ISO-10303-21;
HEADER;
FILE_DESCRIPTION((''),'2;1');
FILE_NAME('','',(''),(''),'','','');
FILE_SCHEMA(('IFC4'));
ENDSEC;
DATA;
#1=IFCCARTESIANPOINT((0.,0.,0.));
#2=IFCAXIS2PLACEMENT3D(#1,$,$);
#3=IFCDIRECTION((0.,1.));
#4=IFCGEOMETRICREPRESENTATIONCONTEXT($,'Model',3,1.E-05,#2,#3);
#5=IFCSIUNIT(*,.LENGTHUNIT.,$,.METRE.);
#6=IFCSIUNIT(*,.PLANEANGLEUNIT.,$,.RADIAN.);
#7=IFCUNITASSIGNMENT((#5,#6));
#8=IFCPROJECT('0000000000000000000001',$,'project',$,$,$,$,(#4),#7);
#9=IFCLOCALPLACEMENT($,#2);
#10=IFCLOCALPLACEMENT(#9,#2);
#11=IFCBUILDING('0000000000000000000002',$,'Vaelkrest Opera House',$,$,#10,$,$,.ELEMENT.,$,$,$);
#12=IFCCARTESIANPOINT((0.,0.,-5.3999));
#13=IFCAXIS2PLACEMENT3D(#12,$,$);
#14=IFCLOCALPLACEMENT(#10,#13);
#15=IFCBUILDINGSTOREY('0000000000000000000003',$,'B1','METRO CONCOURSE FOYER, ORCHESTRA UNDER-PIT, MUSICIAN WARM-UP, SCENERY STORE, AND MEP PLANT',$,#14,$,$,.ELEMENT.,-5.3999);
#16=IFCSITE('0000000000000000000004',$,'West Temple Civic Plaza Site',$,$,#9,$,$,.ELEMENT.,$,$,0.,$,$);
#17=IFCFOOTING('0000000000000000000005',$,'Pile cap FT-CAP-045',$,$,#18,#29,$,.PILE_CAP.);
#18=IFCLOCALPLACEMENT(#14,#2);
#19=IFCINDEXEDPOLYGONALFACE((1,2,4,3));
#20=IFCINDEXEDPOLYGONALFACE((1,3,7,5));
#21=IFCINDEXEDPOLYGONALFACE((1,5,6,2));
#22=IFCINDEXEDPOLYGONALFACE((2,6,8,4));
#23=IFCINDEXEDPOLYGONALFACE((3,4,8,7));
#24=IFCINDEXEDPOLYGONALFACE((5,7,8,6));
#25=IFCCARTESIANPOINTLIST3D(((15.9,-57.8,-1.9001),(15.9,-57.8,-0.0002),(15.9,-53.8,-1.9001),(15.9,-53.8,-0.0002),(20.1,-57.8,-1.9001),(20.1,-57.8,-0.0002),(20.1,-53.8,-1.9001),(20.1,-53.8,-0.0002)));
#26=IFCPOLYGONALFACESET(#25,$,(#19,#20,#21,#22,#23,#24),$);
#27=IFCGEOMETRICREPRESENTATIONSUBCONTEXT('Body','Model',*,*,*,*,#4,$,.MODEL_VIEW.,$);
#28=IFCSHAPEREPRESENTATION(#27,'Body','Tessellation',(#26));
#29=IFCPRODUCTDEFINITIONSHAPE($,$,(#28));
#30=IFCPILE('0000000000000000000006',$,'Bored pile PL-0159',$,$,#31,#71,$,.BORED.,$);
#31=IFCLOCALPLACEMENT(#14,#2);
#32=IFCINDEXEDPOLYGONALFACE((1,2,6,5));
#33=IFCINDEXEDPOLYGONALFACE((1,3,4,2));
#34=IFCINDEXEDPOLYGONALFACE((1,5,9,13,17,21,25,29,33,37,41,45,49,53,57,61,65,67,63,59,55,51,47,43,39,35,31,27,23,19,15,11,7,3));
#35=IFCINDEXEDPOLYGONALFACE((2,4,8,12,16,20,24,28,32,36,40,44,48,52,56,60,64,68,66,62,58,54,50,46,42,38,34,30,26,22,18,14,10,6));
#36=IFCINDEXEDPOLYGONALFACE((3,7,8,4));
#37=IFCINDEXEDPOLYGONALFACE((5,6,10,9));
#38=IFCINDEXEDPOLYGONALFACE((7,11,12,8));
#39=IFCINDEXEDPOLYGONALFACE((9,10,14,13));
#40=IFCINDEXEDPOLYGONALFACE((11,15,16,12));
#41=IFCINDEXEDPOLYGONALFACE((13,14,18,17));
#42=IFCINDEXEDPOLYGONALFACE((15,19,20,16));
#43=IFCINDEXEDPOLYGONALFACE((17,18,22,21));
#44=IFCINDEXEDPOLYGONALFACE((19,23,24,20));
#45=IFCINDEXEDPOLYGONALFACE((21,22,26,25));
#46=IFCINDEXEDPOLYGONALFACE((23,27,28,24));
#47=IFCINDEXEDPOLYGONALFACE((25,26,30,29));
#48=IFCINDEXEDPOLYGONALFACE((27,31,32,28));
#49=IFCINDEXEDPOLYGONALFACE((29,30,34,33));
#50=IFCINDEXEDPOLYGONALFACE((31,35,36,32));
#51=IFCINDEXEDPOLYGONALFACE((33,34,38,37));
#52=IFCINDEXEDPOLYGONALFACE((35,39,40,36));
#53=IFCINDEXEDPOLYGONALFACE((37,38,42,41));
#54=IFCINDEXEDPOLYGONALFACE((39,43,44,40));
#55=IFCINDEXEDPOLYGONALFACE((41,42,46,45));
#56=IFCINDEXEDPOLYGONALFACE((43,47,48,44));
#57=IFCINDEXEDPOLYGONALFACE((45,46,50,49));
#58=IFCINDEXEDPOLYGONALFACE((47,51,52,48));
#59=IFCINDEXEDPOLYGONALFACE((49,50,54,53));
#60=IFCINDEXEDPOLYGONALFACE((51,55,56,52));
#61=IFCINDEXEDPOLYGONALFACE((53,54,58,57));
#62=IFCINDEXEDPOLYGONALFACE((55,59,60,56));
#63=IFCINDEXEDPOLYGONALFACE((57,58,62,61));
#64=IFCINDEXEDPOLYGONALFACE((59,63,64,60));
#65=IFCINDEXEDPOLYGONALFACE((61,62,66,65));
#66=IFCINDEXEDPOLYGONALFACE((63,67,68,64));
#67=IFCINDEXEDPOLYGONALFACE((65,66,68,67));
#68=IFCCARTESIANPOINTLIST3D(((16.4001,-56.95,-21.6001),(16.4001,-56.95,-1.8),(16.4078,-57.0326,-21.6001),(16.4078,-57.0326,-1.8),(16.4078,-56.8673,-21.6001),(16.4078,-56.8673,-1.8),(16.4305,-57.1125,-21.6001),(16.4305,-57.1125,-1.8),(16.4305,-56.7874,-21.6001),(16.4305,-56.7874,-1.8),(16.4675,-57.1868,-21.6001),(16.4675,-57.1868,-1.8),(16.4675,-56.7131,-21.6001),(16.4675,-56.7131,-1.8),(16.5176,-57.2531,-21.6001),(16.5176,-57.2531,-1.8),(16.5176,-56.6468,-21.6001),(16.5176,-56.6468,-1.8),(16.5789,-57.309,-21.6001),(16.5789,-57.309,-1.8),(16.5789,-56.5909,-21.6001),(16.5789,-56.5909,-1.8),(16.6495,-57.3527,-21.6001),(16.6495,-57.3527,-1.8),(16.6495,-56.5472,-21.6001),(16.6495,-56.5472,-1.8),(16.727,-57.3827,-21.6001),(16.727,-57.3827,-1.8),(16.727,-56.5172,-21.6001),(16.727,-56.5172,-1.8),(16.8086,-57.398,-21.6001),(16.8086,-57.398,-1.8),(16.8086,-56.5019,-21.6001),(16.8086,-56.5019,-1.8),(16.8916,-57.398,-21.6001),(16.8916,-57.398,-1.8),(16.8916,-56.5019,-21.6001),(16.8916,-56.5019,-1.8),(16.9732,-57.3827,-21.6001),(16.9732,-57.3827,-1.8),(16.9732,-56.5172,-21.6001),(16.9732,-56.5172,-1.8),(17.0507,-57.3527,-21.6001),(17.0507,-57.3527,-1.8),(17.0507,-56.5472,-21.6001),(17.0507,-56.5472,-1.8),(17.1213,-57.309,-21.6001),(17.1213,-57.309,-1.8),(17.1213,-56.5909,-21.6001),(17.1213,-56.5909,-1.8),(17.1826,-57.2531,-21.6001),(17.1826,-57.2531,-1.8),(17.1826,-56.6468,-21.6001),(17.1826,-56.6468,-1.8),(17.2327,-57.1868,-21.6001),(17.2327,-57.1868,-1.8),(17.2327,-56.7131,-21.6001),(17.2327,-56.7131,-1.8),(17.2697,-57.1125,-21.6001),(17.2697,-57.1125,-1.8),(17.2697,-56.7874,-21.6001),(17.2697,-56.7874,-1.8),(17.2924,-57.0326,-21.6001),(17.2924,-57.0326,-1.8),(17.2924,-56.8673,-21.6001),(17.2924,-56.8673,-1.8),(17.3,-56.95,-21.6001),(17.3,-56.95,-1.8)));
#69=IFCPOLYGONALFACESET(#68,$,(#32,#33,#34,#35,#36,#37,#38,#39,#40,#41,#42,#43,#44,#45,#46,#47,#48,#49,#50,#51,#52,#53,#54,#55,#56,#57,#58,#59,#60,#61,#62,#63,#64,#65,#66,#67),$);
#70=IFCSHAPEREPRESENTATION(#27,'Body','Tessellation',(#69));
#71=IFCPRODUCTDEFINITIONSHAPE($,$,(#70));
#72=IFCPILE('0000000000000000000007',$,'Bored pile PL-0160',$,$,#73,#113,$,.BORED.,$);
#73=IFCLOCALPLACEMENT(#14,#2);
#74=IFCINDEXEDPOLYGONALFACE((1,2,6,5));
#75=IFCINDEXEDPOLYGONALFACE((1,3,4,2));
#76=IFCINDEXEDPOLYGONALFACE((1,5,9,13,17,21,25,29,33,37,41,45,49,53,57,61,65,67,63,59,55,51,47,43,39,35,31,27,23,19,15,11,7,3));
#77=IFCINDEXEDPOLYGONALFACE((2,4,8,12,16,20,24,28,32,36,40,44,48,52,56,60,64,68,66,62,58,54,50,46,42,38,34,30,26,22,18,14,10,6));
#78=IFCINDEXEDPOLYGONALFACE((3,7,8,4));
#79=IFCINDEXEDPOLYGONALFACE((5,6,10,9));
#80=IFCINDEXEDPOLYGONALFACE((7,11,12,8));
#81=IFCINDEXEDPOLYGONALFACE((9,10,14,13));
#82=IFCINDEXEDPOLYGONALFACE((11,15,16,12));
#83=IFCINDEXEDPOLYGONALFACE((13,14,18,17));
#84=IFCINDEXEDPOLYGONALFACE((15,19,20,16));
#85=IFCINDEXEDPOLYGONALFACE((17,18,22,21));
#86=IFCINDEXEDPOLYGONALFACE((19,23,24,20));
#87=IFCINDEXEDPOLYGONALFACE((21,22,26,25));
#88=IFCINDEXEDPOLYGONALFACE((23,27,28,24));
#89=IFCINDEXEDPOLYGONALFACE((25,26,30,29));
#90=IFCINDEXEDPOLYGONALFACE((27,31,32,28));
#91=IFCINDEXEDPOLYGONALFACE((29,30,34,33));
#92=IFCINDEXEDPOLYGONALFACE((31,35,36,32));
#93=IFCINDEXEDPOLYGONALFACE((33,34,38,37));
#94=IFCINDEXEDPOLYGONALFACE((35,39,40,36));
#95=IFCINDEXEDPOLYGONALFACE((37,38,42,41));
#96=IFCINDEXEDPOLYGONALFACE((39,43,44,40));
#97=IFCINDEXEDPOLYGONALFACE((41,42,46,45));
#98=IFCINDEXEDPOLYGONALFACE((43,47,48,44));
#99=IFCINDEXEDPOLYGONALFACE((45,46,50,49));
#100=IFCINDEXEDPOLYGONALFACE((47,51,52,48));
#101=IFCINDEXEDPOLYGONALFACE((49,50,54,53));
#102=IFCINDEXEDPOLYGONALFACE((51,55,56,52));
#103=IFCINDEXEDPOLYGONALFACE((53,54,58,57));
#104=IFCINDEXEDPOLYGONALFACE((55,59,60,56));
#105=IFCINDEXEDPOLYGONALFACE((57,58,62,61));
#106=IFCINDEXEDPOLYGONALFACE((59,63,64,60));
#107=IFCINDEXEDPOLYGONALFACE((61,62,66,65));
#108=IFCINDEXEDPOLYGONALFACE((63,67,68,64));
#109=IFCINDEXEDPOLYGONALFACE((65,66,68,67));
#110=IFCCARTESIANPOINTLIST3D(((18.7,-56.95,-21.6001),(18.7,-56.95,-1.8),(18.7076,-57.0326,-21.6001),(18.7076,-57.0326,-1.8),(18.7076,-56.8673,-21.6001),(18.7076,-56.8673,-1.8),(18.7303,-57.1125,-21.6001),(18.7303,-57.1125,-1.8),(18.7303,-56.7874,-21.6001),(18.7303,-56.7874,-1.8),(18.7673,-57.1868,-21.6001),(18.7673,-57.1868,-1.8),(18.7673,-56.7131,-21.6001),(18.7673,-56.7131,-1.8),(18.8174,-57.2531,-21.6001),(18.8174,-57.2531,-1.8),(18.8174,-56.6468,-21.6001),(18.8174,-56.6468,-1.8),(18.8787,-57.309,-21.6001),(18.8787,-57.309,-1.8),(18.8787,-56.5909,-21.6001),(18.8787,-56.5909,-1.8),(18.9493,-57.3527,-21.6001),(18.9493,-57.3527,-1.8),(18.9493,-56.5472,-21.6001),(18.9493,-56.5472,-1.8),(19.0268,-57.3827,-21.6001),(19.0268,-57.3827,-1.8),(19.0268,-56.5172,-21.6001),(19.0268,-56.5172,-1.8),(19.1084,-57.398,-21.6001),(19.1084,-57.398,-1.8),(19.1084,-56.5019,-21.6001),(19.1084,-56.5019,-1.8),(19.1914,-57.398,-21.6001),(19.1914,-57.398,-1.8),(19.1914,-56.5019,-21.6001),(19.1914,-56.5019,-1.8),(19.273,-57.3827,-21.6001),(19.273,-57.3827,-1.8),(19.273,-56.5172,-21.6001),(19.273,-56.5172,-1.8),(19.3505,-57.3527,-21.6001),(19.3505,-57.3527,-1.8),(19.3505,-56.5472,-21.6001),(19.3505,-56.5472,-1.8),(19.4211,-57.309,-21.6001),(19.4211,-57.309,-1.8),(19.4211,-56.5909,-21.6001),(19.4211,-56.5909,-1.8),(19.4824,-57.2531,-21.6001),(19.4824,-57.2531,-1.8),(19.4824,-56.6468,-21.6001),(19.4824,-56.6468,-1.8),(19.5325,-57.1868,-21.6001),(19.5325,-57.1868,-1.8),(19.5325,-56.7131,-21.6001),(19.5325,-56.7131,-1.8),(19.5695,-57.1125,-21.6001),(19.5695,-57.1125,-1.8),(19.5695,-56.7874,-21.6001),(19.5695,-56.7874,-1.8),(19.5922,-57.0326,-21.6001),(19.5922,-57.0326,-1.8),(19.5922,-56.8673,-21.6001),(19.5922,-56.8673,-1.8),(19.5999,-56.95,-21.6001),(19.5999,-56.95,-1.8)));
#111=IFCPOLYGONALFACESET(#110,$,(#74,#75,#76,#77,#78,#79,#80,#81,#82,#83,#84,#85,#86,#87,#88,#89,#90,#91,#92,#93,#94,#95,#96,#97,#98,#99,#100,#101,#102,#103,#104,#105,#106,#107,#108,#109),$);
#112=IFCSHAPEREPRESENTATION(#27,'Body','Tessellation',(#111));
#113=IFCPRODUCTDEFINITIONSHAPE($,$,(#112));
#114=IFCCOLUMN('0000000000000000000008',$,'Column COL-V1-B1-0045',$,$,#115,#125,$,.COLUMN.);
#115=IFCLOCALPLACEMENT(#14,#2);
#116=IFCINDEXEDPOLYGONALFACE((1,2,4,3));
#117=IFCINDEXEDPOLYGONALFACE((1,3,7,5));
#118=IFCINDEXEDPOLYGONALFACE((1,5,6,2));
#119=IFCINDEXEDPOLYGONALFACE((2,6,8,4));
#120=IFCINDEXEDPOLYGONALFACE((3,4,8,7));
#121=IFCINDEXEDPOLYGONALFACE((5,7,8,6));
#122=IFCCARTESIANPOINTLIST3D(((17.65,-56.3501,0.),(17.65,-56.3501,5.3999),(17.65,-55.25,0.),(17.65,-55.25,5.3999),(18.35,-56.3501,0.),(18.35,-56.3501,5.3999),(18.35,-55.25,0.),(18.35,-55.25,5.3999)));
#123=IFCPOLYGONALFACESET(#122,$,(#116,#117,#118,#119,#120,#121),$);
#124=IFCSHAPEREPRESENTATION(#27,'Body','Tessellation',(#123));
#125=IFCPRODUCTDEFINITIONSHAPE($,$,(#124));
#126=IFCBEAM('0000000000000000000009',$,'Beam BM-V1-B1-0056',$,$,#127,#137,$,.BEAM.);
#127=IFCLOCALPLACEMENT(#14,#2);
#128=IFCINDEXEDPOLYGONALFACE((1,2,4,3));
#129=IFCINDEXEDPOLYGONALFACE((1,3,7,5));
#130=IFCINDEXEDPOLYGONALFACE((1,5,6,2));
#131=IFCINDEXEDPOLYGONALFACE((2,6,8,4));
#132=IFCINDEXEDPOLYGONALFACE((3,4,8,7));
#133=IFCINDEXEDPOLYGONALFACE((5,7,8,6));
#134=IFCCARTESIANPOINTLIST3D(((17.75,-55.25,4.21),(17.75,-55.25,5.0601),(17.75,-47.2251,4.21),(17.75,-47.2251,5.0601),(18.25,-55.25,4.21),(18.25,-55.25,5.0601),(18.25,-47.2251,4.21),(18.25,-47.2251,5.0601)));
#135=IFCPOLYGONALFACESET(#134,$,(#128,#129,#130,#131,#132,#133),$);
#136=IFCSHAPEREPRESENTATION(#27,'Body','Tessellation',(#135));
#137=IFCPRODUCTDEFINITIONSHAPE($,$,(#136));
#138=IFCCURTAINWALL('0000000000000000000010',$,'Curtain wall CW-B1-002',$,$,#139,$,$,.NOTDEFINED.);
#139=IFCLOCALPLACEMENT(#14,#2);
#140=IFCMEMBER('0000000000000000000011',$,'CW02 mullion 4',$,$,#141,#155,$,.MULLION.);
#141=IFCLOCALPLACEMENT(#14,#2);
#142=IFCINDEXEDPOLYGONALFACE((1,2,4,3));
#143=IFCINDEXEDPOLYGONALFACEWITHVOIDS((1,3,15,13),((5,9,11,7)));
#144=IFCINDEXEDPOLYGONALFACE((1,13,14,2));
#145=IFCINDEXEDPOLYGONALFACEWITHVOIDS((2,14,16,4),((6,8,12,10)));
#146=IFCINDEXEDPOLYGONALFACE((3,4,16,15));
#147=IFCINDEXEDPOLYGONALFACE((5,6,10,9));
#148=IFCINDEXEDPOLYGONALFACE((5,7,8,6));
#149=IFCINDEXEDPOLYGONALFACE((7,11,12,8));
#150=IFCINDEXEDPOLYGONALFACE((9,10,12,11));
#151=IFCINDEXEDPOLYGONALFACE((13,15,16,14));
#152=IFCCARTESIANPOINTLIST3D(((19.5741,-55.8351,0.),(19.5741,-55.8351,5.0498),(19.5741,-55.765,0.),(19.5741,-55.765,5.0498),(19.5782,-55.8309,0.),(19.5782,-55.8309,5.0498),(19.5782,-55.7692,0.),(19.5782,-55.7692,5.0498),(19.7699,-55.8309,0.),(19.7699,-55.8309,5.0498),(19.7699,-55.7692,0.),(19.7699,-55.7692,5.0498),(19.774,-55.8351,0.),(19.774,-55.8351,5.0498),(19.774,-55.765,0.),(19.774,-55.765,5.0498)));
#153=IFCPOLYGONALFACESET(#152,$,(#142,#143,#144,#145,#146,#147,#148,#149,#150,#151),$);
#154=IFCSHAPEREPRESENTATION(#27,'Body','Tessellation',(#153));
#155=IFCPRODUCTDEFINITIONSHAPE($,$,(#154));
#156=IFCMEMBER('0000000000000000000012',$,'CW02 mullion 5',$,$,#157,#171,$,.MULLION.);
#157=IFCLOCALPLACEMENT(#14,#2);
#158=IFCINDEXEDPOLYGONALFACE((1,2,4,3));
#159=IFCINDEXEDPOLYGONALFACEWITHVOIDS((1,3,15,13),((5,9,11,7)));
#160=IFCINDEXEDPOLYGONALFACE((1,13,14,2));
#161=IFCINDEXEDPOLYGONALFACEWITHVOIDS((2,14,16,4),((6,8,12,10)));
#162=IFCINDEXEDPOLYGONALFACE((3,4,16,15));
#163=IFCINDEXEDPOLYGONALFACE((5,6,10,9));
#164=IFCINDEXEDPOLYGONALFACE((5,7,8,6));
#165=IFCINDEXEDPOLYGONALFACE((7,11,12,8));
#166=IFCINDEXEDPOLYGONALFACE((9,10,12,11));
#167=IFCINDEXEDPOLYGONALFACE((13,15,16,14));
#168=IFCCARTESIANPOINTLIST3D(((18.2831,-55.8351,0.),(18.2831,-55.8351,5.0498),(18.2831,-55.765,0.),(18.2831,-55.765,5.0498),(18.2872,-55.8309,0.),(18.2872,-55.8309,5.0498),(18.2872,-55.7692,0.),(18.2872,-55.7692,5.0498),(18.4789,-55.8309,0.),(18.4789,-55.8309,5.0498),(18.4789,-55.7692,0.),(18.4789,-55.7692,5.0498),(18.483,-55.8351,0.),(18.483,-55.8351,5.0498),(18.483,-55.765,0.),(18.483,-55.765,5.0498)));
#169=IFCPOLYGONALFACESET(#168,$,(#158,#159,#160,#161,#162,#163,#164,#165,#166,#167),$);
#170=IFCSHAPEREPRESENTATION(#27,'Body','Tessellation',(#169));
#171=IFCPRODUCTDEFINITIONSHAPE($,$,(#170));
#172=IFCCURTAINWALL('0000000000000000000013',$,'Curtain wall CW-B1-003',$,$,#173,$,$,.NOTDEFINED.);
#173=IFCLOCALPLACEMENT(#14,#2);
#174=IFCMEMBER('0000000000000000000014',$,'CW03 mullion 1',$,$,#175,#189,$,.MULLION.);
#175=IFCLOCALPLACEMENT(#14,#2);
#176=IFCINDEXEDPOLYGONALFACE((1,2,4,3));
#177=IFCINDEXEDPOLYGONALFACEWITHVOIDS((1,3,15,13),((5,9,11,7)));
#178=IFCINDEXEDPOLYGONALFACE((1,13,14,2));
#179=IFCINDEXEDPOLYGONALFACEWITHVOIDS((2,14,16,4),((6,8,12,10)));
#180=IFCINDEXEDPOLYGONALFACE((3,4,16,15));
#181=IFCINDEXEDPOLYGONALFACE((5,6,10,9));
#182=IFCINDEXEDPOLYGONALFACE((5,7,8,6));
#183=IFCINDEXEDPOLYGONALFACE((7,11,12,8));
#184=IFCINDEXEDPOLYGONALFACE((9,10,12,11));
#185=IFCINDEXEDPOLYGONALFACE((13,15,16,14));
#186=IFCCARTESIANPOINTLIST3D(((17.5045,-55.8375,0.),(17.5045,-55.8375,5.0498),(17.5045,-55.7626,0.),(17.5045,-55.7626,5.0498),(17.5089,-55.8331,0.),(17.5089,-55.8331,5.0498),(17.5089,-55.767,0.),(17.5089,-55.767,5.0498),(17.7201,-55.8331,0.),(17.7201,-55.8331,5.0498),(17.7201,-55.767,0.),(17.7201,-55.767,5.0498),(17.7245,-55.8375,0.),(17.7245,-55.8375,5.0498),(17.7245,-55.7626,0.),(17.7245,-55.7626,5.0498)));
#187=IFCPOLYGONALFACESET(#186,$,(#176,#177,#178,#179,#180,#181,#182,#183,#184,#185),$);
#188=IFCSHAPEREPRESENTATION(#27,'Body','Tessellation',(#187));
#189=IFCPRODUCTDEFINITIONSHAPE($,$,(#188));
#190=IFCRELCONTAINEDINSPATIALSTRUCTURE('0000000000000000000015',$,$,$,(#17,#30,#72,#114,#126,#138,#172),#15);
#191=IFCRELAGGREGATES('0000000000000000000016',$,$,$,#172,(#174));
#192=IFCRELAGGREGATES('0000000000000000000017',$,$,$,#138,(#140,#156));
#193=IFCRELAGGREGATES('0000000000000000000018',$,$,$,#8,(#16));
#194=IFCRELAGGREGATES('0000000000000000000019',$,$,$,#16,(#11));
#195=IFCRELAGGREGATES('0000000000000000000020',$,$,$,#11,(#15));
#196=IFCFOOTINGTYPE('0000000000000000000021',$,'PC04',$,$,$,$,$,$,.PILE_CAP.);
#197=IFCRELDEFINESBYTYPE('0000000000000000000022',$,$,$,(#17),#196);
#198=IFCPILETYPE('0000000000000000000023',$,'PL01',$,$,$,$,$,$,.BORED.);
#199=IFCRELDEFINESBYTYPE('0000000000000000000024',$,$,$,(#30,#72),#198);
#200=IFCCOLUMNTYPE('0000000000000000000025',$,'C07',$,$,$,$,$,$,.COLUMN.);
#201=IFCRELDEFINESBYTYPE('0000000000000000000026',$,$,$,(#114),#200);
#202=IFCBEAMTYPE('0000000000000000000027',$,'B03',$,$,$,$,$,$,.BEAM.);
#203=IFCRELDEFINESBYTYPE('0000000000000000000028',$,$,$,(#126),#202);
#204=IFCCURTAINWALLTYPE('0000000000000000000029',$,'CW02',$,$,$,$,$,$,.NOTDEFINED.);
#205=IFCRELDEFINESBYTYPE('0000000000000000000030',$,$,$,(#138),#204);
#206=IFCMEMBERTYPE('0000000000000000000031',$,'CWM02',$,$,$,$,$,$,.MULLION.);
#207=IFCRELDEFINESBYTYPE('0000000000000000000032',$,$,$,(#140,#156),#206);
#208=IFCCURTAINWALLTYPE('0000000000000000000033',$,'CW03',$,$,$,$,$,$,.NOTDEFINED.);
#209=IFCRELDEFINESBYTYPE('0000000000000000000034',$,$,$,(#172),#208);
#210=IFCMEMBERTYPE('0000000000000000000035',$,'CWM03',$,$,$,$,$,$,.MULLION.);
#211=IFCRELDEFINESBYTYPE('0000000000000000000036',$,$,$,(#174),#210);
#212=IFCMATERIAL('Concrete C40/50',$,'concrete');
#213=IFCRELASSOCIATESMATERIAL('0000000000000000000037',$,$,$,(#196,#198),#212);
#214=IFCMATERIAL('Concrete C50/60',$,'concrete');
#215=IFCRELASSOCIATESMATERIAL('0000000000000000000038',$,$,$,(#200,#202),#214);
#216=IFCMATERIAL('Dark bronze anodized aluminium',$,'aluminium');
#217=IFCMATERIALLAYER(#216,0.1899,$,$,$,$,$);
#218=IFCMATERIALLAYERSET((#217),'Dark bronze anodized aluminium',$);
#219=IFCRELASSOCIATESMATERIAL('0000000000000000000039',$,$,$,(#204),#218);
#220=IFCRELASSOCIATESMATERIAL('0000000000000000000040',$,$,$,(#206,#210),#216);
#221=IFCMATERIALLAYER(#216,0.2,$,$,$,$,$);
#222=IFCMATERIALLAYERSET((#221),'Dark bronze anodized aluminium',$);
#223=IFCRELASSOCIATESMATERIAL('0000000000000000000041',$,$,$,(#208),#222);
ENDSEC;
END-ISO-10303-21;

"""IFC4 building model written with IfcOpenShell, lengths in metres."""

from ifc_helpers import new_model, si_unit, direction, frame, origin, origin_2d, place, context, subcontext, project, spatial, rectangle, hollow_rectangle, circle, extrude, material, layer, layer_set, material_profile, profile_set, type_object, element, aggregate, save


model = new_model("IFC4")

# Units and contexts
model_context = context("Model", 3, precision=1e-05, world=origin(), true_north=direction((0.0, 1.0)))
body_context = subcontext(model_context, "Body", "Model", "MODEL_VIEW")
ifc_project = project(units=[si_unit("LENGTHUNIT", "METRE"), si_unit("PLANEANGLEUNIT", "RADIAN")], contexts=[model_context])

# Site, building, storey
site_placement = place(None, origin())
site = spatial("IfcSite", under=ifc_project, at=site_placement, Name="West Temple Civic Plaza Site", CompositionType="ELEMENT", RefElevation=0.0)
building_placement = place(site_placement, origin())
building = spatial("IfcBuilding", under=site, at=building_placement, Name="Vaelkrest Opera House", CompositionType="ELEMENT")
storey_placement = place(building_placement, frame((0.0, 0.0, -5.3999)))
storey = spatial("IfcBuildingStorey", under=building, at=storey_placement, Name="B1", Description="METRO CONCOURSE FOYER, ORCHESTRA UNDER-PIT, MUSICIAN WARM-UP, SCENERY STORE, AND MEP PLANT", CompositionType="ELEMENT", Elevation=-5.3999)

# Footing
ifc_material_1 = material(Name="Concrete C40/50", Category="concrete")
footing_type = type_object("IfcFootingType", Name="PC04", PredefinedType="PILE_CAP", material=ifc_material_1)
footing_placement = place(storey_placement, frame((18.0, -55.8, -1.9001), z_axis=(0.0, 0.0, 1.0), x_axis=(1.0, 0.0, 0.0)))
element("IfcFooting", 1, at=footing_placement, inside=storey, type_object=footing_type, Name="Pile cap FT-CAP-045", PredefinedType="PILE_CAP", context=body_context, shape_type="SweptSolid", body=[
    extrude(rectangle(XDim=4.2, YDim=4.0, at=origin_2d()), origin(), (0.0, 0.0, 1.0), 1.8999),
])

# Piles
ifc_material_profile_1 = material_profile(ifc_material_1, circle(Radius=0.45, at=origin_2d()), Name="PILE900")
ifc_profile_set_1 = profile_set([ifc_material_profile_1], Name="Concrete C40/50")
pile_type = type_object("IfcPileType", Name="PL01", PredefinedType="BORED", material=ifc_profile_set_1)
for number, where, z_axis, x_axis, name in (
    (2, (16.8501, -56.95, -1.8), (0.0, 0.0, -1.0), (1.0, 0.0, 0.0), "Bored pile PL-0159"),
    (3, (19.1499, -56.95, -1.8), (0.0, 0.0, -1.0), (1.0, 0.0, 0.0), "Bored pile PL-0160"),
):
    element("IfcPile", number, at=place(storey_placement, frame(where, z_axis=z_axis, x_axis=x_axis)), inside=storey, type_object=pile_type, Name=name, PredefinedType="BORED", context=body_context, shape_type="SweptSolid", body=[
        extrude(circle(Radius=0.45, at=origin_2d()), origin(), (0.0, 0.0, 1.0), 19.8),
    ])

# Column
ifc_material_2 = material(Name="Concrete C50/60", Category="concrete")
ifc_material_profile_2 = material_profile(ifc_material_2, rectangle(XDim=0.7, YDim=1.1001, at=origin_2d()), Name="RC700X1100")
ifc_profile_set_2 = profile_set([ifc_material_profile_2], Name="Concrete C50/60")
column_type = type_object("IfcColumnType", Name="C07", PredefinedType="COLUMN", material=ifc_profile_set_2)
column_placement = place(storey_placement, frame((18.0, -55.8, 0.0), z_axis=(0.0, 0.0, 1.0), x_axis=(1.0, 0.0, 0.0)))
element("IfcColumn", 4, at=column_placement, inside=storey, type_object=column_type, Name="Column COL-V1-B1-0045", PredefinedType="COLUMN", context=body_context, shape_type="SweptSolid", body=[
    extrude(rectangle(XDim=0.7, YDim=1.1001, at=origin_2d()), origin(), (0.0, 0.0, 1.0), 5.3999),
])

# Beam
ifc_material_profile_3 = material_profile(ifc_material_2, rectangle(XDim=0.5, YDim=0.8501, at=origin_2d()), Name="RCB500X850")
ifc_profile_set_3 = profile_set([ifc_material_profile_3], Name="Concrete C50/60")
beam_type = type_object("IfcBeamType", Name="B03", PredefinedType="BEAM", material=ifc_profile_set_3)
beam_placement = place(storey_placement, frame((18.0, -55.25, 4.635), z_axis=(0.0, 1.0, 0.0), x_axis=(-1.0, 0.0, 0.0)))
element("IfcBeam", 5, at=beam_placement, inside=storey, type_object=beam_type, Name="Beam BM-V1-B1-0056", PredefinedType="BEAM", context=body_context, shape_type="SweptSolid", body=[
    extrude(rectangle(XDim=0.5, YDim=0.8501, at=origin_2d()), origin(), (0.0, 0.0, 1.0), 8.0249),
])

# Curtain wall, members
ifc_material_3 = material(Name="Dark bronze anodized aluminium", Category="aluminium")
ifc_layer_1 = layer(ifc_material_3, 0.1899)
ifc_layer_set_1 = layer_set([ifc_layer_1], Name="Dark bronze anodized aluminium")
curtain_wall_type_1 = type_object("IfcCurtainWallType", Name="CW02", PredefinedType="NOTDEFINED", material=ifc_layer_set_1)
curtain_wall_1_placement = place(storey_placement, origin())
curtain_wall_1 = element("IfcCurtainWall", 6, at=curtain_wall_1_placement, inside=storey, type_object=curtain_wall_type_1, Name="Curtain wall CW-B1-002", PredefinedType="NOTDEFINED")
ifc_material_profile_4 = material_profile(ifc_material_3, hollow_rectangle(XDim=0.0701, YDim=0.2, WallThickness=0.0042, at=origin_2d()), Name="CWM70X200")
ifc_profile_set_4 = profile_set([ifc_material_profile_4], Name="Dark bronze anodized aluminium")
member_type_1 = type_object("IfcMemberType", Name="CWM02", PredefinedType="MULLION", material=ifc_profile_set_4)
member_1_placement = place(storey_placement, frame((19.6741, -55.8, 0.0), z_axis=(0.0, 0.0, 1.0), x_axis=(0.0, -1.0, 0.0)))
member_1 = element("IfcMember", 7, at=member_1_placement, type_object=member_type_1, Name="CW02 mullion 4", PredefinedType="MULLION", context=body_context, shape_type="SweptSolid", body=[
    extrude(hollow_rectangle(XDim=0.0701, YDim=0.2, WallThickness=0.0042, at=origin_2d()), origin(), (0.0, 0.0, 1.0), 5.0498),
])
member_2_placement = place(storey_placement, frame((18.3831, -55.8, 0.0), z_axis=(0.0, 0.0, 1.0), x_axis=(0.0, -1.0, 0.0)))
member_2 = element("IfcMember", 8, at=member_2_placement, type_object=member_type_1, Name="CW02 mullion 5", PredefinedType="MULLION", context=body_context, shape_type="SweptSolid", body=[
    extrude(hollow_rectangle(XDim=0.0701, YDim=0.2, WallThickness=0.0042, at=origin_2d()), origin(), (0.0, 0.0, 1.0), 5.0498),
])

# Curtain wall, member
ifc_layer_2 = layer(ifc_material_3, 0.2)
ifc_layer_set_2 = layer_set([ifc_layer_2], Name="Dark bronze anodized aluminium")
curtain_wall_type_2 = type_object("IfcCurtainWallType", Name="CW03", PredefinedType="NOTDEFINED", material=ifc_layer_set_2)
curtain_wall_2_placement = place(storey_placement, origin())
curtain_wall_2 = element("IfcCurtainWall", 9, at=curtain_wall_2_placement, inside=storey, type_object=curtain_wall_type_2, Name="Curtain wall CW-B1-003", PredefinedType="NOTDEFINED")
ifc_material_profile_5 = material_profile(ifc_material_3, hollow_rectangle(XDim=0.075, YDim=0.22, WallThickness=0.0044, at=origin_2d()), Name="CWM75X220")
ifc_profile_set_5 = profile_set([ifc_material_profile_5], Name="Dark bronze anodized aluminium")
member_type_2 = type_object("IfcMemberType", Name="CWM03", PredefinedType="MULLION", material=ifc_profile_set_5)
member_3_placement = place(storey_placement, frame((17.6145, -55.8, 0.0), z_axis=(0.0, 0.0, 1.0), x_axis=(0.0, -1.0, 0.0)))
member_3 = element("IfcMember", 10, at=member_3_placement, type_object=member_type_2, Name="CW03 mullion 1", PredefinedType="MULLION", context=body_context, shape_type="SweptSolid", body=[
    extrude(hollow_rectangle(XDim=0.075, YDim=0.22, WallThickness=0.0044, at=origin_2d()), origin(), (0.0, 0.0, 1.0), 5.0498),
])

aggregate(curtain_wall_2, [member_3])

aggregate(curtain_wall_1, [member_1, member_2])

save(model, "model.ifc")
